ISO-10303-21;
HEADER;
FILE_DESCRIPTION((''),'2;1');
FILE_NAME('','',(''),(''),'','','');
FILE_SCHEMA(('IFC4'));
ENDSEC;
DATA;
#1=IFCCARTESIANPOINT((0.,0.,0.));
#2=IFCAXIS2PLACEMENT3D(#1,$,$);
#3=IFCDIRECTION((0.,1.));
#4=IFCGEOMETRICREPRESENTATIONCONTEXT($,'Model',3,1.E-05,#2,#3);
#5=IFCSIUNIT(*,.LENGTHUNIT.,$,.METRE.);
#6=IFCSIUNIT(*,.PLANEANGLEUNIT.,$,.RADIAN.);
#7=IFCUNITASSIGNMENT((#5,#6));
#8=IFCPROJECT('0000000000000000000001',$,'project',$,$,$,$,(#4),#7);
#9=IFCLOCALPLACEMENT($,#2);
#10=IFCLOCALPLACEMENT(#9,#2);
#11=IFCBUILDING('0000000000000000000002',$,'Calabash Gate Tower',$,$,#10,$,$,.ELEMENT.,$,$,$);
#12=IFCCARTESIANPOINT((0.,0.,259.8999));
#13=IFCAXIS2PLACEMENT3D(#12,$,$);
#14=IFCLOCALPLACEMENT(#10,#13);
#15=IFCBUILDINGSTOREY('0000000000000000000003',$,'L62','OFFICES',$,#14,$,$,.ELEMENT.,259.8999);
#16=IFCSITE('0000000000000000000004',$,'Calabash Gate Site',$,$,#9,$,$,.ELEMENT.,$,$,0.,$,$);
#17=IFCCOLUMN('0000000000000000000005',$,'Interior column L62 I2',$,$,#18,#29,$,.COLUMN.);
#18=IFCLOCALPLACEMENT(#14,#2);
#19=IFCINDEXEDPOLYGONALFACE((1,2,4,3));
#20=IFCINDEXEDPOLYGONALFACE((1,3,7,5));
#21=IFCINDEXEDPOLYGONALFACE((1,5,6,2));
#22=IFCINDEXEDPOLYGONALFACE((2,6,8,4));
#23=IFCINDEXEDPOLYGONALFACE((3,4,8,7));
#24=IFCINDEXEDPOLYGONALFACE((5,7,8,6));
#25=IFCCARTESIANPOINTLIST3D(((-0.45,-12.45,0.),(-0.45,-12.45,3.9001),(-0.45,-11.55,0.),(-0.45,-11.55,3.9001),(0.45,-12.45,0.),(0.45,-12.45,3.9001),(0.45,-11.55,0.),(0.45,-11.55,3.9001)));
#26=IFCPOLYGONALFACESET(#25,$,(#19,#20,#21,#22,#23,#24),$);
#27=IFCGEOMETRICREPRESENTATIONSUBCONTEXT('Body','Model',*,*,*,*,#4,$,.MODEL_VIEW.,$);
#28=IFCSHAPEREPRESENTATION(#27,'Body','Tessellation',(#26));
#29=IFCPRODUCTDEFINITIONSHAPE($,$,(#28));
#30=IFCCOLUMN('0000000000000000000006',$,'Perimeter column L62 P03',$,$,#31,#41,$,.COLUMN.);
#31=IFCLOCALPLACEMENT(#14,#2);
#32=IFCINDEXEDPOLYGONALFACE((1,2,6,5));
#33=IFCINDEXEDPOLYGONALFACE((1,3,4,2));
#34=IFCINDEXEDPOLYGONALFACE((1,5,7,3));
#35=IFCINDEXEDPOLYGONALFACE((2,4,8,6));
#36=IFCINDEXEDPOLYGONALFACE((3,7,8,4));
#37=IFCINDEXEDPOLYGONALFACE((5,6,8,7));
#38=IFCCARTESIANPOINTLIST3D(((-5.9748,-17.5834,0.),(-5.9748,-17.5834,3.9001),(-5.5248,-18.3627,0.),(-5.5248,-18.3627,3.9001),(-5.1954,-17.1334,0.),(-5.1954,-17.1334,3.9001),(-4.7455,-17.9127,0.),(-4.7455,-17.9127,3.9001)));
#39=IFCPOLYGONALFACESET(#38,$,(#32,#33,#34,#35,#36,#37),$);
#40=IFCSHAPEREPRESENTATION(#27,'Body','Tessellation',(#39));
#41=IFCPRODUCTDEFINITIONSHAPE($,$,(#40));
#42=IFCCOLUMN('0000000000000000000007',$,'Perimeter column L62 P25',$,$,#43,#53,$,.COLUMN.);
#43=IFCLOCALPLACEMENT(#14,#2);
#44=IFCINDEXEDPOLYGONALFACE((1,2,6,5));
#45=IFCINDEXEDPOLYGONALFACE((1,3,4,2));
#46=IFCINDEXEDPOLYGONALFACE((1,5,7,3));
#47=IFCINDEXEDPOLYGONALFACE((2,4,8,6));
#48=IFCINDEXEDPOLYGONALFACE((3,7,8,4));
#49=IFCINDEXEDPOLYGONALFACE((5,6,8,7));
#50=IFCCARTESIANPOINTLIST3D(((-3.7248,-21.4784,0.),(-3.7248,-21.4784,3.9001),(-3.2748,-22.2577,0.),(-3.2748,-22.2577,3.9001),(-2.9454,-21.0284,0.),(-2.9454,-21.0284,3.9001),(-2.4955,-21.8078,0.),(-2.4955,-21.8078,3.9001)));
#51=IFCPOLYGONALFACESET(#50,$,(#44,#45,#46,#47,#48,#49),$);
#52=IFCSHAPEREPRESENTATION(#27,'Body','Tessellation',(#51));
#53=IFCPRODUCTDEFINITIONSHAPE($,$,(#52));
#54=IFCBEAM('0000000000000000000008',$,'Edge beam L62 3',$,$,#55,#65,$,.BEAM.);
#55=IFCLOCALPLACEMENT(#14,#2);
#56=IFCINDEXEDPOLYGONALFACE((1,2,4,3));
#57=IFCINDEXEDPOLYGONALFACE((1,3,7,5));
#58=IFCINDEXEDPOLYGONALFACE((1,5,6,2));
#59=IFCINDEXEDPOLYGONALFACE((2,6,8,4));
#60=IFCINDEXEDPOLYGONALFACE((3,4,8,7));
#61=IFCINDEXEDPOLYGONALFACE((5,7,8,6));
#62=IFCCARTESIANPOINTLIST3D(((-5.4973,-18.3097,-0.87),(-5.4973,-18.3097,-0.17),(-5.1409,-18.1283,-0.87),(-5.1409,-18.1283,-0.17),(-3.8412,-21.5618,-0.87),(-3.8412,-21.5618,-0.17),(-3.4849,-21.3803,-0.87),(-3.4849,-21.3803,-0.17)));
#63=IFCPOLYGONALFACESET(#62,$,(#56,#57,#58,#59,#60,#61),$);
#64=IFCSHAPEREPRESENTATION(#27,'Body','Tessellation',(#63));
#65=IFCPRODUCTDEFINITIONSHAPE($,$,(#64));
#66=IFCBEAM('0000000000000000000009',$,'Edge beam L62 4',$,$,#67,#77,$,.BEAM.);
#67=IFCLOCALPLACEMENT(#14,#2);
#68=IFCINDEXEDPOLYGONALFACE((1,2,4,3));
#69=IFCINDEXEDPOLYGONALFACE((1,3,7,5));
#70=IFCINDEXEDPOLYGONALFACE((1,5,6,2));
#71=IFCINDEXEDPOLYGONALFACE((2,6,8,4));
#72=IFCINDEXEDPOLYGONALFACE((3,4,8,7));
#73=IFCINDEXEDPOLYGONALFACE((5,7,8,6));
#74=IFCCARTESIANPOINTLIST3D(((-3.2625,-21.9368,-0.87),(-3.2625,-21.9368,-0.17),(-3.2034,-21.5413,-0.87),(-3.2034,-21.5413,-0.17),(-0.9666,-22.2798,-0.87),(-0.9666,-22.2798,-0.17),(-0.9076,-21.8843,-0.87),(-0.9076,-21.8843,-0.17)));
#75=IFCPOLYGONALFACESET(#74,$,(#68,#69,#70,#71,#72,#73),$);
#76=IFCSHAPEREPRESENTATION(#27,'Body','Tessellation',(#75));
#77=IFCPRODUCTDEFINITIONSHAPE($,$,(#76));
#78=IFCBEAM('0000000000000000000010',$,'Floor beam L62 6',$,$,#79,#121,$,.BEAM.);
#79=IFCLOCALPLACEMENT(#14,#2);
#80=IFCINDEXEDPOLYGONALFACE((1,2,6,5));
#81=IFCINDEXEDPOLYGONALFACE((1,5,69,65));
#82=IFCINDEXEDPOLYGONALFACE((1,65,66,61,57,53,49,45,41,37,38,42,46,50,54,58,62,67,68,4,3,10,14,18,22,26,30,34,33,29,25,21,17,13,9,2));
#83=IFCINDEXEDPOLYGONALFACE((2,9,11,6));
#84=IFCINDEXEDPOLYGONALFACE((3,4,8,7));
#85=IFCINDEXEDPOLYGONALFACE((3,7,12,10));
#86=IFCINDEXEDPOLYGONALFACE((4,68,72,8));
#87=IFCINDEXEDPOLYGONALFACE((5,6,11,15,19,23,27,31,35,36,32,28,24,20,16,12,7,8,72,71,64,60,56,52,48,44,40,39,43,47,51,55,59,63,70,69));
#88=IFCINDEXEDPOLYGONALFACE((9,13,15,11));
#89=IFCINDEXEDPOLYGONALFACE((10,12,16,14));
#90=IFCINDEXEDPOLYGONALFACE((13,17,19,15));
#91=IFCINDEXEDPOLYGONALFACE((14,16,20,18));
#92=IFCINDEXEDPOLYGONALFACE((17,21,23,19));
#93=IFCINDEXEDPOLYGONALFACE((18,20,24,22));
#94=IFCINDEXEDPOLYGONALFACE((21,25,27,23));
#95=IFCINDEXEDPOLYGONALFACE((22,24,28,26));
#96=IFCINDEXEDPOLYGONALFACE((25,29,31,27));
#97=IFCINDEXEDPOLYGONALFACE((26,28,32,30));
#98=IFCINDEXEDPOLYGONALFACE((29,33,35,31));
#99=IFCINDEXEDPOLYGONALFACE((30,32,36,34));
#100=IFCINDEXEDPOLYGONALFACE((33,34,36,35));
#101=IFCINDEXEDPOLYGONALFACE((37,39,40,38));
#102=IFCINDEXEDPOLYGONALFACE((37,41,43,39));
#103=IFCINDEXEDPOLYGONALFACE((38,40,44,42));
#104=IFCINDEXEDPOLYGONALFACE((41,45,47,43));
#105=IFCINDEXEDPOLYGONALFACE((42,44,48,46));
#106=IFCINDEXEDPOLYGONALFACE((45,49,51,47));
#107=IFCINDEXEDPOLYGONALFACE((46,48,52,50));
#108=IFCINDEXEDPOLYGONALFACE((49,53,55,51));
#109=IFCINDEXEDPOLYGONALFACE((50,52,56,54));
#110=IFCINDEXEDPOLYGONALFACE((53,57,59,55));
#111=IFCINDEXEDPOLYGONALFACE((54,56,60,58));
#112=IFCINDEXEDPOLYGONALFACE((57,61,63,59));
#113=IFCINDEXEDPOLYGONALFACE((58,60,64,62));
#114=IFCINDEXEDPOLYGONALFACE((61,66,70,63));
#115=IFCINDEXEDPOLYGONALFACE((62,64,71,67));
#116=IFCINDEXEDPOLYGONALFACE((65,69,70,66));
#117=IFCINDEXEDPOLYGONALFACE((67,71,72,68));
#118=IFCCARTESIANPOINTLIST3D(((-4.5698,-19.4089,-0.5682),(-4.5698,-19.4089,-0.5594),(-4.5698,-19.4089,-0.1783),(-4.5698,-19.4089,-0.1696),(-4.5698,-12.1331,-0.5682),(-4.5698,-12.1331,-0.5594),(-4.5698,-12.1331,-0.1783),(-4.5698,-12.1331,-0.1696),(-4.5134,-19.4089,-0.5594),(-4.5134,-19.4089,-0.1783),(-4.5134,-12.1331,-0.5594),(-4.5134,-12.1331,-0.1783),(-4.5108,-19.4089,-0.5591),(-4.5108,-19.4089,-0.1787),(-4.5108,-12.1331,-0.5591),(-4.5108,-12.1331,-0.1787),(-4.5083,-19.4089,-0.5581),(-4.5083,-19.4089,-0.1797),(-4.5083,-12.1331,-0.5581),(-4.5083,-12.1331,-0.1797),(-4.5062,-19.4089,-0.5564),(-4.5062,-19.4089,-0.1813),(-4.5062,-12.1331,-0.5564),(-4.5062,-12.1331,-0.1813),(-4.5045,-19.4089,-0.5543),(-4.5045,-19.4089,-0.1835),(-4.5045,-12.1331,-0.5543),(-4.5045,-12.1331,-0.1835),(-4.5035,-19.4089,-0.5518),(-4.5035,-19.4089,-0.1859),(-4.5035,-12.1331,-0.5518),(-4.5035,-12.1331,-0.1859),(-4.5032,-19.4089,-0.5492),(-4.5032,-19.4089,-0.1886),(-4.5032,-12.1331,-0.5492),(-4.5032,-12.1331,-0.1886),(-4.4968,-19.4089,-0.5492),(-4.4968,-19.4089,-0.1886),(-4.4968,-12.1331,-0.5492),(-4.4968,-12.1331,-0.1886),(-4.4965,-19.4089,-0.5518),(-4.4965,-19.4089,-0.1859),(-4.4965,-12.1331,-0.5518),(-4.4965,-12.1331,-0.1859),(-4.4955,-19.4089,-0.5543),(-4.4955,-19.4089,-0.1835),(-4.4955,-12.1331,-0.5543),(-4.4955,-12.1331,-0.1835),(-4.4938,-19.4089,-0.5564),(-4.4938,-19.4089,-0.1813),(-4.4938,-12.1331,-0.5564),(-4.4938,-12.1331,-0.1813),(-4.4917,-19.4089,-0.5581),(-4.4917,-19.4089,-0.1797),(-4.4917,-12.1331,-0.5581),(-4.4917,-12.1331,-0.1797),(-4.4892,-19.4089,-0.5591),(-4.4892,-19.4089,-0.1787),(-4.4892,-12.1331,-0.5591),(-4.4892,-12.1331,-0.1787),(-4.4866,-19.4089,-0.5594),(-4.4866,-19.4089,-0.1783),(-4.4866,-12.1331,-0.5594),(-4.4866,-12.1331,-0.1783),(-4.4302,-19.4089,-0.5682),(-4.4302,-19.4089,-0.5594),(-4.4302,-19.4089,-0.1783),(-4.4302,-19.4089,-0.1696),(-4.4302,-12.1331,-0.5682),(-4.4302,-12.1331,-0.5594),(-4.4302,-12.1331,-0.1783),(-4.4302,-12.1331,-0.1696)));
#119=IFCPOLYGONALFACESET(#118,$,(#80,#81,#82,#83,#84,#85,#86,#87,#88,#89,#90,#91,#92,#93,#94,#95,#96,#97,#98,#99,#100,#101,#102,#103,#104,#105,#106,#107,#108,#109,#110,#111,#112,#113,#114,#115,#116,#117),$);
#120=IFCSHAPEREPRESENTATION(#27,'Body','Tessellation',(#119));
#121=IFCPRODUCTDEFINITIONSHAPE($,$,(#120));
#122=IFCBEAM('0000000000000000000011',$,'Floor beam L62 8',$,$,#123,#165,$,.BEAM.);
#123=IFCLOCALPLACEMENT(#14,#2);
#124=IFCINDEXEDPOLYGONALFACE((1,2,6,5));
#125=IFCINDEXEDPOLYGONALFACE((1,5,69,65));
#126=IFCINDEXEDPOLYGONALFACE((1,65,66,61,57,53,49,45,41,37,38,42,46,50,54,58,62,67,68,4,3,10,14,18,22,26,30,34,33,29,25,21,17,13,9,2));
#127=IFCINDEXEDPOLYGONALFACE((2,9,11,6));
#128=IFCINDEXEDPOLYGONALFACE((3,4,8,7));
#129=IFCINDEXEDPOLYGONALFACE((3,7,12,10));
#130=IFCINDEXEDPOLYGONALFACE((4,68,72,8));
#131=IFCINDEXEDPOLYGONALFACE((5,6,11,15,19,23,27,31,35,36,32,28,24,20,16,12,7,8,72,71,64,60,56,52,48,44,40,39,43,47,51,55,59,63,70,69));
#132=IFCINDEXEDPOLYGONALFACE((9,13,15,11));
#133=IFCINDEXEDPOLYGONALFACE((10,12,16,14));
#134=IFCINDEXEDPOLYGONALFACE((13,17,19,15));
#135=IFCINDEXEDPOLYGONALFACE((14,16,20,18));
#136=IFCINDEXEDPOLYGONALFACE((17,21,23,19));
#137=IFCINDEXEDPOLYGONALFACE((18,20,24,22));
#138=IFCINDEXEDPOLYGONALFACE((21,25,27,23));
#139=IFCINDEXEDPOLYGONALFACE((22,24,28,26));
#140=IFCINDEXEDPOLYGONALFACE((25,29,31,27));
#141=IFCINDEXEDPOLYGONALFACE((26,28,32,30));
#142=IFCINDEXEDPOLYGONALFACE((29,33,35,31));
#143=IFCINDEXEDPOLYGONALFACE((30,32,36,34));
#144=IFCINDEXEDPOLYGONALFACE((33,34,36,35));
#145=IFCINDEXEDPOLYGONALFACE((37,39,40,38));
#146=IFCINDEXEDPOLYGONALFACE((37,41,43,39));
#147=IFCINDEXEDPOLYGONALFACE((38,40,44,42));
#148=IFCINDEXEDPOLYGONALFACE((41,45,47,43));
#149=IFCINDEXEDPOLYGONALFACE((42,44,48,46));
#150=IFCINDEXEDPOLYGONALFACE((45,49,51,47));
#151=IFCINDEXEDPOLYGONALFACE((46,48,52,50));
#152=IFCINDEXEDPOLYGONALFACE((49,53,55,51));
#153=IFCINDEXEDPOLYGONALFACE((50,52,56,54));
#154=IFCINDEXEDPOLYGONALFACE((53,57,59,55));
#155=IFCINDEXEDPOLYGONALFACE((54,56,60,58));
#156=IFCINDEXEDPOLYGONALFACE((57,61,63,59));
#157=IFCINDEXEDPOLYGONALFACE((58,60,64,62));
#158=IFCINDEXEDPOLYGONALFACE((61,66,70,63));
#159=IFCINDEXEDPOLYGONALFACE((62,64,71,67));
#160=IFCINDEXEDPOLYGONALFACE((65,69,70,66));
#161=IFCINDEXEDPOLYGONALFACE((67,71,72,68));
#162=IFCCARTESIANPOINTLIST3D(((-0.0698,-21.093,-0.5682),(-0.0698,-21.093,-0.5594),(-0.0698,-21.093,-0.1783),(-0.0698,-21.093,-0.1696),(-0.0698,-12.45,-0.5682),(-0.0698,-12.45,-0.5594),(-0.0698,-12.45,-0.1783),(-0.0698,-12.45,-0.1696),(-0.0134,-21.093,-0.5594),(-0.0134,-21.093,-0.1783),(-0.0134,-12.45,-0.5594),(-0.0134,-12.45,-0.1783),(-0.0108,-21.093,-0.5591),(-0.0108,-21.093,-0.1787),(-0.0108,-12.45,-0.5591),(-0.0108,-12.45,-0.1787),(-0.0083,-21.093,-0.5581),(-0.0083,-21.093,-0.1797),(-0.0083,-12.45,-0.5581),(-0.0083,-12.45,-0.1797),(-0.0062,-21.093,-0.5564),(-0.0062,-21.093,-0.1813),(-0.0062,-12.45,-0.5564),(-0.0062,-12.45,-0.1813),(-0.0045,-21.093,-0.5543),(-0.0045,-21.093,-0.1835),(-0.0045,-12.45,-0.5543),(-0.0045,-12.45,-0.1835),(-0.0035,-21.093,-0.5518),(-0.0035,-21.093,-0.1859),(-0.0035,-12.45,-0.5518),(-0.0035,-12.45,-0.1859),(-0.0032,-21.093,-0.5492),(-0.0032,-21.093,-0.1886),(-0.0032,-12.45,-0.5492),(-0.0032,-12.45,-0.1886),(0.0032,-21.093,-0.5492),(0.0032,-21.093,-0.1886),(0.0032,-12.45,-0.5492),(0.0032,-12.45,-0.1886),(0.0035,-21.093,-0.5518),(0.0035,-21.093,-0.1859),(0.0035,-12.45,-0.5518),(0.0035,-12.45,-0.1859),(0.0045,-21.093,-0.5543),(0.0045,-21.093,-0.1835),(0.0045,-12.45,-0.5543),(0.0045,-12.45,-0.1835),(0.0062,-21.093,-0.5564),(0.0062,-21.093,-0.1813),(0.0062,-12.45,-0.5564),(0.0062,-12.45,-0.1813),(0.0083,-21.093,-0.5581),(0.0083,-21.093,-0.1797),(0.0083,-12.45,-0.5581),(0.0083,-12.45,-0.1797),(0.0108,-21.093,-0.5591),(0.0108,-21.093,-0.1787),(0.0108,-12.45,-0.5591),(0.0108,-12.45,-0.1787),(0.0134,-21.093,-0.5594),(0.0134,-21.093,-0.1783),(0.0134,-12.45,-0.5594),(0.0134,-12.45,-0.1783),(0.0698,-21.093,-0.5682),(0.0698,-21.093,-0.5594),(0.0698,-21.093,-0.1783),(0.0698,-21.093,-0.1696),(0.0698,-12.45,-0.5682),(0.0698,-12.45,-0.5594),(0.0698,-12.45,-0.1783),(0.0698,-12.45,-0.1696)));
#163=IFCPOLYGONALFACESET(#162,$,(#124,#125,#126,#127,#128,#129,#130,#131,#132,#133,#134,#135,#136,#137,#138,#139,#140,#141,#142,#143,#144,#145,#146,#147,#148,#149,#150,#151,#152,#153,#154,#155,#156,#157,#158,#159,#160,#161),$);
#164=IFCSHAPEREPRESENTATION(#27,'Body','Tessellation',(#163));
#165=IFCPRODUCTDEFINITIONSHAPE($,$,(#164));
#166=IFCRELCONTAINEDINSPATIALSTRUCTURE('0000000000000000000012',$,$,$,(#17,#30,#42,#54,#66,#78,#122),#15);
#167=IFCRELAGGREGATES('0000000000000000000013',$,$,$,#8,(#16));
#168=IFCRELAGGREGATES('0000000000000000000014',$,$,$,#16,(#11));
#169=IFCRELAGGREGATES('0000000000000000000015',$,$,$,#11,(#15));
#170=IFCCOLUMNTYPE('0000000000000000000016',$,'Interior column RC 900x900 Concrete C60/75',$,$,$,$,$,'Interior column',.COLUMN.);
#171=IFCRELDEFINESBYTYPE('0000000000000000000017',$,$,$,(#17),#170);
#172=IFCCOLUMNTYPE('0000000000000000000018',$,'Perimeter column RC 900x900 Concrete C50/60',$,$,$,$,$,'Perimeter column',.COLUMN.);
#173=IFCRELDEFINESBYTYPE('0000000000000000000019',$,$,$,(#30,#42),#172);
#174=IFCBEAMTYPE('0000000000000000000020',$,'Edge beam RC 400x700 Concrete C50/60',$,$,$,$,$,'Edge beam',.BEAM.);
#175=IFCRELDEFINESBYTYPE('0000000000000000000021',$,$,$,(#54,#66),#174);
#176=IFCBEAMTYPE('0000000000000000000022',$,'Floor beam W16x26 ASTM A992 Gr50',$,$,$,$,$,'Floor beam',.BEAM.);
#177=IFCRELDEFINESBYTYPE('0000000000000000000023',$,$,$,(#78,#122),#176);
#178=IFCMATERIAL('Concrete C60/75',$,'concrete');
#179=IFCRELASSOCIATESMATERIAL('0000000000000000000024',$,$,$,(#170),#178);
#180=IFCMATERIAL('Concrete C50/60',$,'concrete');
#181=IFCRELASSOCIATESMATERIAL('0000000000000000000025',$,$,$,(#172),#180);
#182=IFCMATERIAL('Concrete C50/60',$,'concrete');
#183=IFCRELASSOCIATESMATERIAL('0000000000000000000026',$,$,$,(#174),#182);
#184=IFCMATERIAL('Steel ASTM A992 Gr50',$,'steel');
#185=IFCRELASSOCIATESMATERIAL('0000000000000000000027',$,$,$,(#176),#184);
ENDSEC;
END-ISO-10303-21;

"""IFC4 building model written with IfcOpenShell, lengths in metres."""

from ifc_helpers import new_model, si_unit, direction, frame, origin, origin_2d, place, context, subcontext, project, spatial, rectangle, i_section, extrude, material, material_profile, profile_set, type_object, element, save


model = new_model("IFC4")

# Units and contexts
model_context = context("Model", 3, precision=1e-05, world=origin(), true_north=direction((0.0, 1.0)))
body_context = subcontext(model_context, "Body", "Model", "MODEL_VIEW")
ifc_project = project(units=[si_unit("LENGTHUNIT", "METRE"), si_unit("PLANEANGLEUNIT", "RADIAN")], contexts=[model_context])

# Site, building, storey
site_placement = place(None, origin())
site = spatial("IfcSite", under=ifc_project, at=site_placement, Name="Calabash Gate Site", CompositionType="ELEMENT", RefElevation=0.0)
building_placement = place(site_placement, origin())
building = spatial("IfcBuilding", under=site, at=building_placement, Name="Calabash Gate Tower", CompositionType="ELEMENT")
storey_placement = place(building_placement, frame((0.0, 0.0, 259.8999)))
storey = spatial("IfcBuildingStorey", under=building, at=storey_placement, Name="L62", Description="OFFICES", CompositionType="ELEMENT", Elevation=259.8999)

# Columns
ifc_material_1 = material(Name="Concrete C60/75", Category="concrete")
ifc_material_profile_1 = material_profile(ifc_material_1, rectangle(XDim=0.8999, YDim=0.8999, at=origin_2d()))
ifc_profile_set_1 = profile_set([ifc_material_profile_1], Name="Concrete C60/75")
column_type_1 = type_object("IfcColumnType", Name="Interior column RC 900x900 Concrete C60/75", ElementType="Interior column", PredefinedType="COLUMN", material=ifc_profile_set_1)
column_placement = place(storey_placement, frame((0.0, -12.0, 0.0), z_axis=(0.0, 0.0, 1.0), x_axis=(1.0, 0.0, 0.0)))
element("IfcColumn", 1, at=column_placement, inside=storey, type_object=column_type_1, Name="Interior column L62 I2", PredefinedType="COLUMN", context=body_context, shape_type="SweptSolid", body=[
    extrude(rectangle(XDim=0.8999, YDim=0.8999, at=origin_2d()), origin(), (0.0, 0.0, 1.0), 3.9001),
])
ifc_material_2 = material(Name="Concrete C50/60", Category="concrete")
ifc_material_profile_2 = material_profile(ifc_material_2, rectangle(XDim=0.8999, YDim=0.8999, at=origin_2d()))
ifc_profile_set_2 = profile_set([ifc_material_profile_2], Name="Concrete C50/60")
column_type_2 = type_object("IfcColumnType", Name="Perimeter column RC 900x900 Concrete C50/60", ElementType="Perimeter column", PredefinedType="COLUMN", material=ifc_profile_set_2)
for number, where, z_axis, x_axis, name in (
    (2, (-5.3601, -17.748, 0.0), (0.0, 0.0, 1.0), (0.5, -0.866025, 0.0), "Perimeter column L62 P03"),
    (3, (-3.1101, -21.6431, 0.0), (0.0, 0.0, 1.0), (0.5, -0.866025, 0.0), "Perimeter column L62 P25"),
):
    element("IfcColumn", number, at=place(storey_placement, frame(where, z_axis=z_axis, x_axis=x_axis)), inside=storey, type_object=column_type_2, Name=name, PredefinedType="COLUMN", context=body_context, shape_type="SweptSolid", body=[
        extrude(rectangle(XDim=0.8999, YDim=0.8999, at=origin_2d()), origin(), (0.0, 0.0, 1.0), 3.9001),
    ])

# Beams
ifc_material_3 = material(Name="Concrete C50/60", Category="concrete")
ifc_material_profile_3 = material_profile(ifc_material_3, rectangle(XDim=0.3999, YDim=0.7, at=origin_2d()))
ifc_profile_set_3 = profile_set([ifc_material_profile_3], Name="Concrete C50/60")
beam_type_1 = type_object("IfcBeamType", Name="Edge beam RC 400x700 Concrete C50/60", ElementType="Edge beam", PredefinedType="BEAM", material=ifc_profile_set_3)
beam_1_placement = place(storey_placement, frame((-5.3191, -18.219, -0.52), z_axis=(0.453784, -0.891111, 0.0), x_axis=(0.891111, 0.453784, 0.0)))
element("IfcBeam", 4, at=beam_1_placement, inside=storey, type_object=beam_type_1, Name="Edge beam L62 3", PredefinedType="BEAM", context=body_context, shape_type="SweptSolid", body=[
    extrude(rectangle(XDim=0.3999, YDim=0.7, at=origin_2d()), origin(), (0.0, 0.0, 1.0), 3.6494),
])
beam_2_placement = place(storey_placement, frame((-3.2329, -21.739, -0.52), z_axis=(0.989023, -0.147764, 0.0), x_axis=(0.147764, 0.989023, 0.0)))
element("IfcBeam", 5, at=beam_2_placement, inside=storey, type_object=beam_type_1, Name="Edge beam L62 4", PredefinedType="BEAM", context=body_context, shape_type="SweptSolid", body=[
    extrude(rectangle(XDim=0.3999, YDim=0.7, at=origin_2d()), origin(), (0.0, 0.0, 1.0), 2.3213),
])
ifc_material_4 = material(Name="Steel ASTM A992 Gr50", Category="steel")
ifc_material_profile_4 = material_profile(ifc_material_4, i_section(OverallWidth=0.1396, OverallDepth=0.3987, WebThickness=0.0063, FlangeThickness=0.0088, FilletRadius=0.0103, at=origin_2d()))
ifc_profile_set_4 = profile_set([ifc_material_profile_4], Name="Steel ASTM A992 Gr50")
beam_type_2 = type_object("IfcBeamType", Name="Floor beam W16x26 ASTM A992 Gr50", ElementType="Floor beam", PredefinedType="BEAM", material=ifc_profile_set_4)
beam_3_placement = place(storey_placement, frame((-4.5, -19.4089, -0.3689), z_axis=(0.0, 1.0, 0.0), x_axis=(-1.0, 0.0, 0.0)))
element("IfcBeam", 6, at=beam_3_placement, inside=storey, type_object=beam_type_2, Name="Floor beam L62 6", PredefinedType="BEAM", context=body_context, shape_type="SweptSolid", body=[
    extrude(i_section(OverallWidth=0.1396, OverallDepth=0.3987, WebThickness=0.0063, FlangeThickness=0.0088, FilletRadius=0.0103, at=origin_2d()), origin(), (0.0, 0.0, 1.0), 7.2759),
])
beam_4_placement = place(storey_placement, frame((0.0, -21.093, -0.3689), z_axis=(0.0, 1.0, 0.0), x_axis=(-1.0, 0.0, 0.0)))
element("IfcBeam", 7, at=beam_4_placement, inside=storey, type_object=beam_type_2, Name="Floor beam L62 8", PredefinedType="BEAM", context=body_context, shape_type="SweptSolid", body=[
    extrude(i_section(OverallWidth=0.1396, OverallDepth=0.3987, WebThickness=0.0063, FlangeThickness=0.0088, FilletRadius=0.0103, at=origin_2d()), origin(), (0.0, 0.0, 1.0), 8.6431),
])

save(model, "model.ifc")
